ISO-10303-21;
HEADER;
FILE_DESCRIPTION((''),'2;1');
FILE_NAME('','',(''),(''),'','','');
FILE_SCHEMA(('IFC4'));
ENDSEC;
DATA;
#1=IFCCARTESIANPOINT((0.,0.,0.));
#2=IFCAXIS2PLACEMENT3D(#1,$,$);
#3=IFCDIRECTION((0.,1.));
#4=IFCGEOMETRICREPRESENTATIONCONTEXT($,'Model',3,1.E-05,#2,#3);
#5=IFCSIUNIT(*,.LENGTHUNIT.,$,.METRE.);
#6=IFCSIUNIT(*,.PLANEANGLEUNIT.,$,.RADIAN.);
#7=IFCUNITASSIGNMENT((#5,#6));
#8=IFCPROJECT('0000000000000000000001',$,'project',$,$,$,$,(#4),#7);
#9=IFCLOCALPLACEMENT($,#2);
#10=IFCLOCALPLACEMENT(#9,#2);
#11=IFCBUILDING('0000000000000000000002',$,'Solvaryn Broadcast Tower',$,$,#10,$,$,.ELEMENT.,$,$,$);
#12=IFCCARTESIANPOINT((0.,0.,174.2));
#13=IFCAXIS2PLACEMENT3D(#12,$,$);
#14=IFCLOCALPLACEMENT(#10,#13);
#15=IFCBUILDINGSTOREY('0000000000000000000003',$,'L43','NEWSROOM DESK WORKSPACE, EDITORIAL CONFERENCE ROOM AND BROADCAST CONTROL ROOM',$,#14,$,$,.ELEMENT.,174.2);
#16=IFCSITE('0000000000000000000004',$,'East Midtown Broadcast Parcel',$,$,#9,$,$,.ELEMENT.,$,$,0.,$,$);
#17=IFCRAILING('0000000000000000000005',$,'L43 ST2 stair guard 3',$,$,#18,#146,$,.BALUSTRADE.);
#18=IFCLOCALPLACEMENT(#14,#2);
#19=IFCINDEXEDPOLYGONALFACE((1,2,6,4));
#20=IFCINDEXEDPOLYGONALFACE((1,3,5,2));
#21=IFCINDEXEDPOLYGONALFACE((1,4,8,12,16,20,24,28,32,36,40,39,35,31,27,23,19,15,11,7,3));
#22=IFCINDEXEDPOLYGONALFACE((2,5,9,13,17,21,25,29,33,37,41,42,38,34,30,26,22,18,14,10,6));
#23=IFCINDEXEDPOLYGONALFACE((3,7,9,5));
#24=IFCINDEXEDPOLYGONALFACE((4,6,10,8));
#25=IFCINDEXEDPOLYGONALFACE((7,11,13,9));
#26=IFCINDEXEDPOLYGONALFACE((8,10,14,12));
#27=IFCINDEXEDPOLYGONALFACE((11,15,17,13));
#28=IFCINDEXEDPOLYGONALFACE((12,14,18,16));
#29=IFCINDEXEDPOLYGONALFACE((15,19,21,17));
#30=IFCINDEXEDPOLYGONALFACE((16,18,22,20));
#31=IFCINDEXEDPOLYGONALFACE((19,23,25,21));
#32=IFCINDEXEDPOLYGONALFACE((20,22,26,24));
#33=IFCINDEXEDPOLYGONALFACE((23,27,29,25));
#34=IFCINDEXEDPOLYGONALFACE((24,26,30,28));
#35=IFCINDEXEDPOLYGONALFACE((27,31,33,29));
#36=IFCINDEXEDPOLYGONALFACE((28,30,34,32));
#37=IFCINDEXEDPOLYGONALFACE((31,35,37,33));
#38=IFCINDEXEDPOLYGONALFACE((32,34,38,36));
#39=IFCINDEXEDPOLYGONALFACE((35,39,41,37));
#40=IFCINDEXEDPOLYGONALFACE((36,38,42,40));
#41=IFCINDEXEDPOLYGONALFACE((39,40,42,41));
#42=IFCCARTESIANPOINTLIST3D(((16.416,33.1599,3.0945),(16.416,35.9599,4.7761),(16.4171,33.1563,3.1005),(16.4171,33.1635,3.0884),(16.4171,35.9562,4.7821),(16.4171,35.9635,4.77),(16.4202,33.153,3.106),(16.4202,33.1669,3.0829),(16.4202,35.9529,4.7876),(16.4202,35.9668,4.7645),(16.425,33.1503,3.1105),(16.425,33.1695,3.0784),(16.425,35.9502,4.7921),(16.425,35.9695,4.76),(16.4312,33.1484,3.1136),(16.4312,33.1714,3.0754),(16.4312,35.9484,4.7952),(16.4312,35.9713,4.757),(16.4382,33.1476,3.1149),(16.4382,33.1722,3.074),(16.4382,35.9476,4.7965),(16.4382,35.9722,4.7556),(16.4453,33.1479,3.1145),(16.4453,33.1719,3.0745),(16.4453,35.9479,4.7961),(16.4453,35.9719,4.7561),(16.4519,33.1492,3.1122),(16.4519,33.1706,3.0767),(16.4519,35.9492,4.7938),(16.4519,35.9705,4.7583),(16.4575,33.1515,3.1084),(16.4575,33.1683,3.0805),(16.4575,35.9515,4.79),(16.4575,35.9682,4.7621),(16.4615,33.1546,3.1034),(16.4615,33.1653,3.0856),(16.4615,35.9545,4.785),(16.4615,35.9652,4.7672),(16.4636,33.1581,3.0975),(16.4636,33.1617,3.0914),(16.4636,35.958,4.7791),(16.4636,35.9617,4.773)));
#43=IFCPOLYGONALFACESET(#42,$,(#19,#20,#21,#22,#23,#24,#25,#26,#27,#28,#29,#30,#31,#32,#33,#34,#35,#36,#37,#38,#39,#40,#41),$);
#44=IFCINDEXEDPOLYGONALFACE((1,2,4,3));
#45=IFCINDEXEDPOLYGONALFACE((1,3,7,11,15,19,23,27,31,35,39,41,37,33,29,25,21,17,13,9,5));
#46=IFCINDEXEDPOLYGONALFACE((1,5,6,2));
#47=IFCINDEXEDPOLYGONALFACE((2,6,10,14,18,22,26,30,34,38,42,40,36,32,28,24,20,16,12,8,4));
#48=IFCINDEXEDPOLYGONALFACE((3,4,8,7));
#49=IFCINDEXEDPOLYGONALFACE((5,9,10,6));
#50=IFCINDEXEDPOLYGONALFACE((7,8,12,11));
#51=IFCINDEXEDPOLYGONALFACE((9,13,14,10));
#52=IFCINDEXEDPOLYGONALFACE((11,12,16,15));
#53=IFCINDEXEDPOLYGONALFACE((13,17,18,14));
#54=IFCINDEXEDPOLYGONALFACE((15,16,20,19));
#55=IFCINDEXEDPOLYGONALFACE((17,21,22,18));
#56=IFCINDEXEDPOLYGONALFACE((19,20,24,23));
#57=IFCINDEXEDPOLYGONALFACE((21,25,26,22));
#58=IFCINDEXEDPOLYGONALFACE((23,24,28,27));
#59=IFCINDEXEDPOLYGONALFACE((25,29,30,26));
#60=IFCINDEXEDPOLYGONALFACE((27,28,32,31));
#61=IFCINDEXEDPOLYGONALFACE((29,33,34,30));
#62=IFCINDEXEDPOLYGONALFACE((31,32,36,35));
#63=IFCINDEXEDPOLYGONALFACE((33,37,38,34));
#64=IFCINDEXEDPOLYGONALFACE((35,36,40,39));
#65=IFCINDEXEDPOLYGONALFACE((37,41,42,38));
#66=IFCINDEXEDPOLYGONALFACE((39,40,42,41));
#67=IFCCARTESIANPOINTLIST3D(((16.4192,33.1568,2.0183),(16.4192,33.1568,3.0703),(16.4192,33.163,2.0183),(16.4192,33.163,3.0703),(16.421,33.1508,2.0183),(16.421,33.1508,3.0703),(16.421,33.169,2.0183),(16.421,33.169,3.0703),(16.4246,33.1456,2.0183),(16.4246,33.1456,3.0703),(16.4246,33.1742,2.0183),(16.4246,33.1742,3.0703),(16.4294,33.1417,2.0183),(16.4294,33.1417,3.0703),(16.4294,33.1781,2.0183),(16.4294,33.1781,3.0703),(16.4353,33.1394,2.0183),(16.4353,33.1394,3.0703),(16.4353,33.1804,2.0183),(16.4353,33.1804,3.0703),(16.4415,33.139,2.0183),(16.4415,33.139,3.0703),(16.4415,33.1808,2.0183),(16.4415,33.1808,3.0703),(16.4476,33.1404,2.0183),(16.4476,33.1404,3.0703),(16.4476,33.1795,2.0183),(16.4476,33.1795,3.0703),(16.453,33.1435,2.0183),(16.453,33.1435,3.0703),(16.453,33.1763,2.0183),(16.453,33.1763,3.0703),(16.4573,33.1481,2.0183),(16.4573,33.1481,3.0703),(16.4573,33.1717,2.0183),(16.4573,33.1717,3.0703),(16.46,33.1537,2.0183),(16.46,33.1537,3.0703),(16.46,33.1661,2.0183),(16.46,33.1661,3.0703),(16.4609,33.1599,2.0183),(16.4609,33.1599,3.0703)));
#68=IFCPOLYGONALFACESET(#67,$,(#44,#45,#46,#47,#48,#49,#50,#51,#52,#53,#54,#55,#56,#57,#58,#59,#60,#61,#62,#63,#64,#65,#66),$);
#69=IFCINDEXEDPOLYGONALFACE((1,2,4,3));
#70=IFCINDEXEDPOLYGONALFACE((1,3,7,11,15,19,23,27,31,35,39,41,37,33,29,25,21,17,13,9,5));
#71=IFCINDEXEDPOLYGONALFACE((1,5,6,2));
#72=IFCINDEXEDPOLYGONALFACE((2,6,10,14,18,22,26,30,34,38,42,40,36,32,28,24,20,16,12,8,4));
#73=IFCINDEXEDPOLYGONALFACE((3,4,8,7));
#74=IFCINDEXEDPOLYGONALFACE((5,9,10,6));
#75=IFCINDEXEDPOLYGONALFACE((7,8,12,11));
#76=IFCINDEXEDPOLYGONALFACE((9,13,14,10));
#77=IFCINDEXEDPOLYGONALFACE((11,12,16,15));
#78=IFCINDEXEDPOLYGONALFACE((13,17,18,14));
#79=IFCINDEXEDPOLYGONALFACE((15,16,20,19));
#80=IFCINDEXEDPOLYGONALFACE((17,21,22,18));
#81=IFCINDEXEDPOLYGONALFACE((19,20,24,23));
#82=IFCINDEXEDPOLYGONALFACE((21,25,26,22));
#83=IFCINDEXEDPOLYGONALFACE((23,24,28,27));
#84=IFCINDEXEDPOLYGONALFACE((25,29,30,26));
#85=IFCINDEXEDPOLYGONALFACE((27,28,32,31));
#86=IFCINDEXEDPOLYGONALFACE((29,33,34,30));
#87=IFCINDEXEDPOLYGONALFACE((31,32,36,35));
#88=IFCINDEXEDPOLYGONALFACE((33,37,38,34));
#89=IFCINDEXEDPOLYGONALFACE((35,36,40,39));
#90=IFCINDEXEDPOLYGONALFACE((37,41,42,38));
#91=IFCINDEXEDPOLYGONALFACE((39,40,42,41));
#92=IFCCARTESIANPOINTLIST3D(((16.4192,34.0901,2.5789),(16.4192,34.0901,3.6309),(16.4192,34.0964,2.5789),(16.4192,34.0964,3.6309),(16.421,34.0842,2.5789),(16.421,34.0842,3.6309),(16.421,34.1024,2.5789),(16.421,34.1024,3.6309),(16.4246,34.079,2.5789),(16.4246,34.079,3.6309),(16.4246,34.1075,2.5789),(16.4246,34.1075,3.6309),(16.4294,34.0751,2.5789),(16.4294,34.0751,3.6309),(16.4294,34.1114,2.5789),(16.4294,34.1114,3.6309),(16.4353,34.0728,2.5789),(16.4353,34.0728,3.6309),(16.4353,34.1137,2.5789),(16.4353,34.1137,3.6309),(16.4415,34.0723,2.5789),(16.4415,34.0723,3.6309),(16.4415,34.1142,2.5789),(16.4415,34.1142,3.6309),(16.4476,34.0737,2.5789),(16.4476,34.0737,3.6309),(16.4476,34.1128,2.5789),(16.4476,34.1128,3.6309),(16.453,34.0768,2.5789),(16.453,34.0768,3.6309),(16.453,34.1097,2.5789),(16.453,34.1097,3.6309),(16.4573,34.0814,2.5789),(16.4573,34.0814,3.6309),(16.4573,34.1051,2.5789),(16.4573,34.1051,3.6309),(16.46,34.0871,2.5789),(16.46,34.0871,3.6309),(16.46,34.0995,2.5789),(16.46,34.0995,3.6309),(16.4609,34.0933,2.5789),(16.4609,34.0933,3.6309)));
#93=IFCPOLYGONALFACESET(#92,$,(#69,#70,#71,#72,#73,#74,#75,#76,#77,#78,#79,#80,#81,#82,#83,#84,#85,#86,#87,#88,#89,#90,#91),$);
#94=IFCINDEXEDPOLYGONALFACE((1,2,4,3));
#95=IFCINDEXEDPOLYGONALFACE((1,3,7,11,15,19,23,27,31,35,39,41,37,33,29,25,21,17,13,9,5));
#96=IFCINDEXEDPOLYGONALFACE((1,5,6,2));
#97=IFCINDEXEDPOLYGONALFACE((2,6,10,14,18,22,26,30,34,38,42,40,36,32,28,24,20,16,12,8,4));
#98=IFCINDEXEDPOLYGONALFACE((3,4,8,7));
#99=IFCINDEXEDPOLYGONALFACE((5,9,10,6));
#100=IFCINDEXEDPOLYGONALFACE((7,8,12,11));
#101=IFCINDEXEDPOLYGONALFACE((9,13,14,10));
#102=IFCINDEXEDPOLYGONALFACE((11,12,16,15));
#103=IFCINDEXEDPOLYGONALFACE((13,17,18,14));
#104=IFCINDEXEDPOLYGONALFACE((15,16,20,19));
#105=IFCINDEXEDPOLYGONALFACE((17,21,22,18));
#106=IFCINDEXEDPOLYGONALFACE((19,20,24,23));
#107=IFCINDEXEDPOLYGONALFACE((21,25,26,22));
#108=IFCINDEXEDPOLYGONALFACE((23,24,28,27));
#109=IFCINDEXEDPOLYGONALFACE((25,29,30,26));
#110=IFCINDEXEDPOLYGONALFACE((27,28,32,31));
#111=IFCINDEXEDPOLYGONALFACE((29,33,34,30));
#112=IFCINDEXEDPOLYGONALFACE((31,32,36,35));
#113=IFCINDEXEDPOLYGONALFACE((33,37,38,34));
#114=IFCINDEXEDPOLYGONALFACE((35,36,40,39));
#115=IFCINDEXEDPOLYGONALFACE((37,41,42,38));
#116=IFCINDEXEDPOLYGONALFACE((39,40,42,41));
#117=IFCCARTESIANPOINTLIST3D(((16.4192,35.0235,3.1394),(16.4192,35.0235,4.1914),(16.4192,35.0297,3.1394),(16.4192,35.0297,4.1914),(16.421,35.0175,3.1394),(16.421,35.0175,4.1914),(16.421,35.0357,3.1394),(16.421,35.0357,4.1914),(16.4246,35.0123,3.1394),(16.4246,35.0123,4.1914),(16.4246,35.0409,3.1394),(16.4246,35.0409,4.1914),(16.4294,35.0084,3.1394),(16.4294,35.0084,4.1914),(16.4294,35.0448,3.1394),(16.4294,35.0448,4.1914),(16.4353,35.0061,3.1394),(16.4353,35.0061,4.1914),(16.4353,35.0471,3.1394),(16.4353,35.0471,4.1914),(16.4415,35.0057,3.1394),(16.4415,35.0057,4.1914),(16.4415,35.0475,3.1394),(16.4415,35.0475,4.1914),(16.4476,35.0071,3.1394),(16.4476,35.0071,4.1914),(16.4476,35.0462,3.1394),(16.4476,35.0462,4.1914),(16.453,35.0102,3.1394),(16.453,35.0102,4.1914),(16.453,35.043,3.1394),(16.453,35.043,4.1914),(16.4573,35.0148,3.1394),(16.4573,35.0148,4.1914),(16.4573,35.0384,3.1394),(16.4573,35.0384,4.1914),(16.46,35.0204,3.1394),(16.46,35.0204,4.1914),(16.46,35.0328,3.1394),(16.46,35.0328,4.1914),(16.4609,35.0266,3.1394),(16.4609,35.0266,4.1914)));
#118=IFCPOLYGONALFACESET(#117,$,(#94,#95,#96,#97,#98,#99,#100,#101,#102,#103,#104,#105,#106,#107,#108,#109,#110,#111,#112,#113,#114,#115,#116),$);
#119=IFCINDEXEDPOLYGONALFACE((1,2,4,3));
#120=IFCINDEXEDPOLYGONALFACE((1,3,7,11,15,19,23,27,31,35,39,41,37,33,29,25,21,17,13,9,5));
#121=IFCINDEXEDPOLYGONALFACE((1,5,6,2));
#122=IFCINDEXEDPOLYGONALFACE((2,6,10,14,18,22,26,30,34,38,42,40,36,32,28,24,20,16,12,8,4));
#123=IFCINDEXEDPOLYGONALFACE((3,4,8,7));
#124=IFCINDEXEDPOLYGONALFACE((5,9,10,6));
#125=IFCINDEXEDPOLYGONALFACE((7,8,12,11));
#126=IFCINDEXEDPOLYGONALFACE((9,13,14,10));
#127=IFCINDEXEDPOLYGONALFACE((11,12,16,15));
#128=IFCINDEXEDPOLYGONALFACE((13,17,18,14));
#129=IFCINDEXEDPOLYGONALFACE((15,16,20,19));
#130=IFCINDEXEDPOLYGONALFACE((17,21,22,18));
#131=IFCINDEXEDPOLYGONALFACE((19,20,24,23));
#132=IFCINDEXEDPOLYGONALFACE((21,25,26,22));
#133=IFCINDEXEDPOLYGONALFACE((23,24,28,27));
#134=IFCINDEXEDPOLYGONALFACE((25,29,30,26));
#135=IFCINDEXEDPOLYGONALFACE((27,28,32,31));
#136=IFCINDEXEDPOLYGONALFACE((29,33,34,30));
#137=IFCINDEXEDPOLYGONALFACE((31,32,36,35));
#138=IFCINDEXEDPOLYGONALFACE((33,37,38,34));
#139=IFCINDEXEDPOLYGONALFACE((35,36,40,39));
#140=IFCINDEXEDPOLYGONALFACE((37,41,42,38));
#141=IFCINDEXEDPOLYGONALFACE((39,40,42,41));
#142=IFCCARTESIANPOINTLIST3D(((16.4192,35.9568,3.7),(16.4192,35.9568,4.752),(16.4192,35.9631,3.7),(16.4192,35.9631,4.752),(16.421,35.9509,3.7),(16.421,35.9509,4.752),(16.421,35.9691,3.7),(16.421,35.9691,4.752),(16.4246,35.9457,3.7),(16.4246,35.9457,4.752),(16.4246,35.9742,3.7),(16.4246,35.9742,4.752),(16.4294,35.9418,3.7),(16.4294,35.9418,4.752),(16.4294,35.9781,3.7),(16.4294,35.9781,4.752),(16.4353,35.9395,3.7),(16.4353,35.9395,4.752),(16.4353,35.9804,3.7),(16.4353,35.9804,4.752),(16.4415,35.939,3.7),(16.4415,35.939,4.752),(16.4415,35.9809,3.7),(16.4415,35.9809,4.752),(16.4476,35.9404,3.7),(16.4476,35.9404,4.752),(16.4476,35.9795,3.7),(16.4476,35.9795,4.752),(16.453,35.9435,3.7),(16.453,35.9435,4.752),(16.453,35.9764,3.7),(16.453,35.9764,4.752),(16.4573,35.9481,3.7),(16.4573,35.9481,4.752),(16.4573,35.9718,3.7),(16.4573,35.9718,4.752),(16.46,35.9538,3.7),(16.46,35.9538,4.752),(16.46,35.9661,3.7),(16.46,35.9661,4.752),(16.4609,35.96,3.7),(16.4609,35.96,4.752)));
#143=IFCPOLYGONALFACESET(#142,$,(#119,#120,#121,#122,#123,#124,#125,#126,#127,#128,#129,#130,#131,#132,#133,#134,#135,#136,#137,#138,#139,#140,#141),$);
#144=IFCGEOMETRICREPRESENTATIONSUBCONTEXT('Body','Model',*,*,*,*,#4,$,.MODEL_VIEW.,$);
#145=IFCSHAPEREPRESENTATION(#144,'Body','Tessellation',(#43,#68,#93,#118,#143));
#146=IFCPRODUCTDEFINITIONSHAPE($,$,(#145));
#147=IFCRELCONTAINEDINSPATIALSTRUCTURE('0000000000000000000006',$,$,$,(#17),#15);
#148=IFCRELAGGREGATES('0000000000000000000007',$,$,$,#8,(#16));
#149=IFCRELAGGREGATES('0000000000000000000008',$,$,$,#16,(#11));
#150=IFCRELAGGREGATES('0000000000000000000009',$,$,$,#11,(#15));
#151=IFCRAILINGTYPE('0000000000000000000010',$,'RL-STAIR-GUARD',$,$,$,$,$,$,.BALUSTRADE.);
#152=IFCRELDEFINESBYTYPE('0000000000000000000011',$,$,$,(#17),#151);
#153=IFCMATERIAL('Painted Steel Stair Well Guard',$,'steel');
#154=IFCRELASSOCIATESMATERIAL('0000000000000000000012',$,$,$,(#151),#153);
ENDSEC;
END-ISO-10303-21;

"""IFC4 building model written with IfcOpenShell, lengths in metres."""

from ifc_helpers import new_model, si_unit, direction, frame, origin, origin_2d, place, context, subcontext, project, spatial, circle, extrude, material, type_object, element, save


model = new_model("IFC4")

# Units and contexts
model_context = context("Model", 3, precision=1e-05, world=origin(), true_north=direction((0.0, 1.0)))
body_context = subcontext(model_context, "Body", "Model", "MODEL_VIEW")
ifc_project = project(units=[si_unit("LENGTHUNIT", "METRE"), si_unit("PLANEANGLEUNIT", "RADIAN")], contexts=[model_context])

# Site, building, storey
site_placement = place(None, origin())
site = spatial("IfcSite", under=ifc_project, at=site_placement, Name="East Midtown Broadcast Parcel", CompositionType="ELEMENT", RefElevation=0.0)
building_placement = place(site_placement, origin())
building = spatial("IfcBuilding", under=site, at=building_placement, Name="Solvaryn Broadcast Tower", CompositionType="ELEMENT")
storey_placement = place(building_placement, frame((0.0, 0.0, 174.2)))
storey = spatial("IfcBuildingStorey", under=building, at=storey_placement, Name="L43", Description="NEWSROOM DESK WORKSPACE, EDITORIAL CONFERENCE ROOM AND BROADCAST CONTROL ROOM", CompositionType="ELEMENT", Elevation=174.2)

# Railing
ifc_material_1 = material(Name="Painted Steel Stair Well Guard", Category="steel")
railing_type_1 = type_object("IfcRailingType", Name="RL-STAIR-GUARD", PredefinedType="BALUSTRADE", material=ifc_material_1)
railing_1_placement = place(storey_placement, frame((16.4399, 33.1599, 2.0183)))
element("IfcRailing", 1, at=railing_1_placement, inside=storey, type_object=railing_type_1, Name="L43 ST2 stair guard 3", PredefinedType="BALUSTRADE", context=body_context, shape_type="SweptSolid", body=[
    extrude(circle(Radius=0.0239, at=origin_2d()), frame((0.0, 0.0, 1.0762), z_axis=(0.0, 0.857275, 0.514858), x_axis=(-1.0, 0.0, 0.0)), (0.0, 0.0, 1.0), 3.2661),
    extrude(circle(Radius=0.021, at=origin_2d()), origin(), (0.0, 0.0, 1.0), 1.052),
    extrude(circle(Radius=0.021, at=origin_2d()), frame((0.0, 0.9333, 0.5605)), (0.0, 0.0, 1.0), 1.052),
    extrude(circle(Radius=0.021, at=origin_2d()), frame((0.0, 1.8667, 1.1211)), (0.0, 0.0, 1.0), 1.052),
    extrude(circle(Radius=0.021, at=origin_2d()), frame((0.0, 2.8, 1.6816)), (0.0, 0.0, 1.0), 1.052),
])

save(model, "model.ifc")
